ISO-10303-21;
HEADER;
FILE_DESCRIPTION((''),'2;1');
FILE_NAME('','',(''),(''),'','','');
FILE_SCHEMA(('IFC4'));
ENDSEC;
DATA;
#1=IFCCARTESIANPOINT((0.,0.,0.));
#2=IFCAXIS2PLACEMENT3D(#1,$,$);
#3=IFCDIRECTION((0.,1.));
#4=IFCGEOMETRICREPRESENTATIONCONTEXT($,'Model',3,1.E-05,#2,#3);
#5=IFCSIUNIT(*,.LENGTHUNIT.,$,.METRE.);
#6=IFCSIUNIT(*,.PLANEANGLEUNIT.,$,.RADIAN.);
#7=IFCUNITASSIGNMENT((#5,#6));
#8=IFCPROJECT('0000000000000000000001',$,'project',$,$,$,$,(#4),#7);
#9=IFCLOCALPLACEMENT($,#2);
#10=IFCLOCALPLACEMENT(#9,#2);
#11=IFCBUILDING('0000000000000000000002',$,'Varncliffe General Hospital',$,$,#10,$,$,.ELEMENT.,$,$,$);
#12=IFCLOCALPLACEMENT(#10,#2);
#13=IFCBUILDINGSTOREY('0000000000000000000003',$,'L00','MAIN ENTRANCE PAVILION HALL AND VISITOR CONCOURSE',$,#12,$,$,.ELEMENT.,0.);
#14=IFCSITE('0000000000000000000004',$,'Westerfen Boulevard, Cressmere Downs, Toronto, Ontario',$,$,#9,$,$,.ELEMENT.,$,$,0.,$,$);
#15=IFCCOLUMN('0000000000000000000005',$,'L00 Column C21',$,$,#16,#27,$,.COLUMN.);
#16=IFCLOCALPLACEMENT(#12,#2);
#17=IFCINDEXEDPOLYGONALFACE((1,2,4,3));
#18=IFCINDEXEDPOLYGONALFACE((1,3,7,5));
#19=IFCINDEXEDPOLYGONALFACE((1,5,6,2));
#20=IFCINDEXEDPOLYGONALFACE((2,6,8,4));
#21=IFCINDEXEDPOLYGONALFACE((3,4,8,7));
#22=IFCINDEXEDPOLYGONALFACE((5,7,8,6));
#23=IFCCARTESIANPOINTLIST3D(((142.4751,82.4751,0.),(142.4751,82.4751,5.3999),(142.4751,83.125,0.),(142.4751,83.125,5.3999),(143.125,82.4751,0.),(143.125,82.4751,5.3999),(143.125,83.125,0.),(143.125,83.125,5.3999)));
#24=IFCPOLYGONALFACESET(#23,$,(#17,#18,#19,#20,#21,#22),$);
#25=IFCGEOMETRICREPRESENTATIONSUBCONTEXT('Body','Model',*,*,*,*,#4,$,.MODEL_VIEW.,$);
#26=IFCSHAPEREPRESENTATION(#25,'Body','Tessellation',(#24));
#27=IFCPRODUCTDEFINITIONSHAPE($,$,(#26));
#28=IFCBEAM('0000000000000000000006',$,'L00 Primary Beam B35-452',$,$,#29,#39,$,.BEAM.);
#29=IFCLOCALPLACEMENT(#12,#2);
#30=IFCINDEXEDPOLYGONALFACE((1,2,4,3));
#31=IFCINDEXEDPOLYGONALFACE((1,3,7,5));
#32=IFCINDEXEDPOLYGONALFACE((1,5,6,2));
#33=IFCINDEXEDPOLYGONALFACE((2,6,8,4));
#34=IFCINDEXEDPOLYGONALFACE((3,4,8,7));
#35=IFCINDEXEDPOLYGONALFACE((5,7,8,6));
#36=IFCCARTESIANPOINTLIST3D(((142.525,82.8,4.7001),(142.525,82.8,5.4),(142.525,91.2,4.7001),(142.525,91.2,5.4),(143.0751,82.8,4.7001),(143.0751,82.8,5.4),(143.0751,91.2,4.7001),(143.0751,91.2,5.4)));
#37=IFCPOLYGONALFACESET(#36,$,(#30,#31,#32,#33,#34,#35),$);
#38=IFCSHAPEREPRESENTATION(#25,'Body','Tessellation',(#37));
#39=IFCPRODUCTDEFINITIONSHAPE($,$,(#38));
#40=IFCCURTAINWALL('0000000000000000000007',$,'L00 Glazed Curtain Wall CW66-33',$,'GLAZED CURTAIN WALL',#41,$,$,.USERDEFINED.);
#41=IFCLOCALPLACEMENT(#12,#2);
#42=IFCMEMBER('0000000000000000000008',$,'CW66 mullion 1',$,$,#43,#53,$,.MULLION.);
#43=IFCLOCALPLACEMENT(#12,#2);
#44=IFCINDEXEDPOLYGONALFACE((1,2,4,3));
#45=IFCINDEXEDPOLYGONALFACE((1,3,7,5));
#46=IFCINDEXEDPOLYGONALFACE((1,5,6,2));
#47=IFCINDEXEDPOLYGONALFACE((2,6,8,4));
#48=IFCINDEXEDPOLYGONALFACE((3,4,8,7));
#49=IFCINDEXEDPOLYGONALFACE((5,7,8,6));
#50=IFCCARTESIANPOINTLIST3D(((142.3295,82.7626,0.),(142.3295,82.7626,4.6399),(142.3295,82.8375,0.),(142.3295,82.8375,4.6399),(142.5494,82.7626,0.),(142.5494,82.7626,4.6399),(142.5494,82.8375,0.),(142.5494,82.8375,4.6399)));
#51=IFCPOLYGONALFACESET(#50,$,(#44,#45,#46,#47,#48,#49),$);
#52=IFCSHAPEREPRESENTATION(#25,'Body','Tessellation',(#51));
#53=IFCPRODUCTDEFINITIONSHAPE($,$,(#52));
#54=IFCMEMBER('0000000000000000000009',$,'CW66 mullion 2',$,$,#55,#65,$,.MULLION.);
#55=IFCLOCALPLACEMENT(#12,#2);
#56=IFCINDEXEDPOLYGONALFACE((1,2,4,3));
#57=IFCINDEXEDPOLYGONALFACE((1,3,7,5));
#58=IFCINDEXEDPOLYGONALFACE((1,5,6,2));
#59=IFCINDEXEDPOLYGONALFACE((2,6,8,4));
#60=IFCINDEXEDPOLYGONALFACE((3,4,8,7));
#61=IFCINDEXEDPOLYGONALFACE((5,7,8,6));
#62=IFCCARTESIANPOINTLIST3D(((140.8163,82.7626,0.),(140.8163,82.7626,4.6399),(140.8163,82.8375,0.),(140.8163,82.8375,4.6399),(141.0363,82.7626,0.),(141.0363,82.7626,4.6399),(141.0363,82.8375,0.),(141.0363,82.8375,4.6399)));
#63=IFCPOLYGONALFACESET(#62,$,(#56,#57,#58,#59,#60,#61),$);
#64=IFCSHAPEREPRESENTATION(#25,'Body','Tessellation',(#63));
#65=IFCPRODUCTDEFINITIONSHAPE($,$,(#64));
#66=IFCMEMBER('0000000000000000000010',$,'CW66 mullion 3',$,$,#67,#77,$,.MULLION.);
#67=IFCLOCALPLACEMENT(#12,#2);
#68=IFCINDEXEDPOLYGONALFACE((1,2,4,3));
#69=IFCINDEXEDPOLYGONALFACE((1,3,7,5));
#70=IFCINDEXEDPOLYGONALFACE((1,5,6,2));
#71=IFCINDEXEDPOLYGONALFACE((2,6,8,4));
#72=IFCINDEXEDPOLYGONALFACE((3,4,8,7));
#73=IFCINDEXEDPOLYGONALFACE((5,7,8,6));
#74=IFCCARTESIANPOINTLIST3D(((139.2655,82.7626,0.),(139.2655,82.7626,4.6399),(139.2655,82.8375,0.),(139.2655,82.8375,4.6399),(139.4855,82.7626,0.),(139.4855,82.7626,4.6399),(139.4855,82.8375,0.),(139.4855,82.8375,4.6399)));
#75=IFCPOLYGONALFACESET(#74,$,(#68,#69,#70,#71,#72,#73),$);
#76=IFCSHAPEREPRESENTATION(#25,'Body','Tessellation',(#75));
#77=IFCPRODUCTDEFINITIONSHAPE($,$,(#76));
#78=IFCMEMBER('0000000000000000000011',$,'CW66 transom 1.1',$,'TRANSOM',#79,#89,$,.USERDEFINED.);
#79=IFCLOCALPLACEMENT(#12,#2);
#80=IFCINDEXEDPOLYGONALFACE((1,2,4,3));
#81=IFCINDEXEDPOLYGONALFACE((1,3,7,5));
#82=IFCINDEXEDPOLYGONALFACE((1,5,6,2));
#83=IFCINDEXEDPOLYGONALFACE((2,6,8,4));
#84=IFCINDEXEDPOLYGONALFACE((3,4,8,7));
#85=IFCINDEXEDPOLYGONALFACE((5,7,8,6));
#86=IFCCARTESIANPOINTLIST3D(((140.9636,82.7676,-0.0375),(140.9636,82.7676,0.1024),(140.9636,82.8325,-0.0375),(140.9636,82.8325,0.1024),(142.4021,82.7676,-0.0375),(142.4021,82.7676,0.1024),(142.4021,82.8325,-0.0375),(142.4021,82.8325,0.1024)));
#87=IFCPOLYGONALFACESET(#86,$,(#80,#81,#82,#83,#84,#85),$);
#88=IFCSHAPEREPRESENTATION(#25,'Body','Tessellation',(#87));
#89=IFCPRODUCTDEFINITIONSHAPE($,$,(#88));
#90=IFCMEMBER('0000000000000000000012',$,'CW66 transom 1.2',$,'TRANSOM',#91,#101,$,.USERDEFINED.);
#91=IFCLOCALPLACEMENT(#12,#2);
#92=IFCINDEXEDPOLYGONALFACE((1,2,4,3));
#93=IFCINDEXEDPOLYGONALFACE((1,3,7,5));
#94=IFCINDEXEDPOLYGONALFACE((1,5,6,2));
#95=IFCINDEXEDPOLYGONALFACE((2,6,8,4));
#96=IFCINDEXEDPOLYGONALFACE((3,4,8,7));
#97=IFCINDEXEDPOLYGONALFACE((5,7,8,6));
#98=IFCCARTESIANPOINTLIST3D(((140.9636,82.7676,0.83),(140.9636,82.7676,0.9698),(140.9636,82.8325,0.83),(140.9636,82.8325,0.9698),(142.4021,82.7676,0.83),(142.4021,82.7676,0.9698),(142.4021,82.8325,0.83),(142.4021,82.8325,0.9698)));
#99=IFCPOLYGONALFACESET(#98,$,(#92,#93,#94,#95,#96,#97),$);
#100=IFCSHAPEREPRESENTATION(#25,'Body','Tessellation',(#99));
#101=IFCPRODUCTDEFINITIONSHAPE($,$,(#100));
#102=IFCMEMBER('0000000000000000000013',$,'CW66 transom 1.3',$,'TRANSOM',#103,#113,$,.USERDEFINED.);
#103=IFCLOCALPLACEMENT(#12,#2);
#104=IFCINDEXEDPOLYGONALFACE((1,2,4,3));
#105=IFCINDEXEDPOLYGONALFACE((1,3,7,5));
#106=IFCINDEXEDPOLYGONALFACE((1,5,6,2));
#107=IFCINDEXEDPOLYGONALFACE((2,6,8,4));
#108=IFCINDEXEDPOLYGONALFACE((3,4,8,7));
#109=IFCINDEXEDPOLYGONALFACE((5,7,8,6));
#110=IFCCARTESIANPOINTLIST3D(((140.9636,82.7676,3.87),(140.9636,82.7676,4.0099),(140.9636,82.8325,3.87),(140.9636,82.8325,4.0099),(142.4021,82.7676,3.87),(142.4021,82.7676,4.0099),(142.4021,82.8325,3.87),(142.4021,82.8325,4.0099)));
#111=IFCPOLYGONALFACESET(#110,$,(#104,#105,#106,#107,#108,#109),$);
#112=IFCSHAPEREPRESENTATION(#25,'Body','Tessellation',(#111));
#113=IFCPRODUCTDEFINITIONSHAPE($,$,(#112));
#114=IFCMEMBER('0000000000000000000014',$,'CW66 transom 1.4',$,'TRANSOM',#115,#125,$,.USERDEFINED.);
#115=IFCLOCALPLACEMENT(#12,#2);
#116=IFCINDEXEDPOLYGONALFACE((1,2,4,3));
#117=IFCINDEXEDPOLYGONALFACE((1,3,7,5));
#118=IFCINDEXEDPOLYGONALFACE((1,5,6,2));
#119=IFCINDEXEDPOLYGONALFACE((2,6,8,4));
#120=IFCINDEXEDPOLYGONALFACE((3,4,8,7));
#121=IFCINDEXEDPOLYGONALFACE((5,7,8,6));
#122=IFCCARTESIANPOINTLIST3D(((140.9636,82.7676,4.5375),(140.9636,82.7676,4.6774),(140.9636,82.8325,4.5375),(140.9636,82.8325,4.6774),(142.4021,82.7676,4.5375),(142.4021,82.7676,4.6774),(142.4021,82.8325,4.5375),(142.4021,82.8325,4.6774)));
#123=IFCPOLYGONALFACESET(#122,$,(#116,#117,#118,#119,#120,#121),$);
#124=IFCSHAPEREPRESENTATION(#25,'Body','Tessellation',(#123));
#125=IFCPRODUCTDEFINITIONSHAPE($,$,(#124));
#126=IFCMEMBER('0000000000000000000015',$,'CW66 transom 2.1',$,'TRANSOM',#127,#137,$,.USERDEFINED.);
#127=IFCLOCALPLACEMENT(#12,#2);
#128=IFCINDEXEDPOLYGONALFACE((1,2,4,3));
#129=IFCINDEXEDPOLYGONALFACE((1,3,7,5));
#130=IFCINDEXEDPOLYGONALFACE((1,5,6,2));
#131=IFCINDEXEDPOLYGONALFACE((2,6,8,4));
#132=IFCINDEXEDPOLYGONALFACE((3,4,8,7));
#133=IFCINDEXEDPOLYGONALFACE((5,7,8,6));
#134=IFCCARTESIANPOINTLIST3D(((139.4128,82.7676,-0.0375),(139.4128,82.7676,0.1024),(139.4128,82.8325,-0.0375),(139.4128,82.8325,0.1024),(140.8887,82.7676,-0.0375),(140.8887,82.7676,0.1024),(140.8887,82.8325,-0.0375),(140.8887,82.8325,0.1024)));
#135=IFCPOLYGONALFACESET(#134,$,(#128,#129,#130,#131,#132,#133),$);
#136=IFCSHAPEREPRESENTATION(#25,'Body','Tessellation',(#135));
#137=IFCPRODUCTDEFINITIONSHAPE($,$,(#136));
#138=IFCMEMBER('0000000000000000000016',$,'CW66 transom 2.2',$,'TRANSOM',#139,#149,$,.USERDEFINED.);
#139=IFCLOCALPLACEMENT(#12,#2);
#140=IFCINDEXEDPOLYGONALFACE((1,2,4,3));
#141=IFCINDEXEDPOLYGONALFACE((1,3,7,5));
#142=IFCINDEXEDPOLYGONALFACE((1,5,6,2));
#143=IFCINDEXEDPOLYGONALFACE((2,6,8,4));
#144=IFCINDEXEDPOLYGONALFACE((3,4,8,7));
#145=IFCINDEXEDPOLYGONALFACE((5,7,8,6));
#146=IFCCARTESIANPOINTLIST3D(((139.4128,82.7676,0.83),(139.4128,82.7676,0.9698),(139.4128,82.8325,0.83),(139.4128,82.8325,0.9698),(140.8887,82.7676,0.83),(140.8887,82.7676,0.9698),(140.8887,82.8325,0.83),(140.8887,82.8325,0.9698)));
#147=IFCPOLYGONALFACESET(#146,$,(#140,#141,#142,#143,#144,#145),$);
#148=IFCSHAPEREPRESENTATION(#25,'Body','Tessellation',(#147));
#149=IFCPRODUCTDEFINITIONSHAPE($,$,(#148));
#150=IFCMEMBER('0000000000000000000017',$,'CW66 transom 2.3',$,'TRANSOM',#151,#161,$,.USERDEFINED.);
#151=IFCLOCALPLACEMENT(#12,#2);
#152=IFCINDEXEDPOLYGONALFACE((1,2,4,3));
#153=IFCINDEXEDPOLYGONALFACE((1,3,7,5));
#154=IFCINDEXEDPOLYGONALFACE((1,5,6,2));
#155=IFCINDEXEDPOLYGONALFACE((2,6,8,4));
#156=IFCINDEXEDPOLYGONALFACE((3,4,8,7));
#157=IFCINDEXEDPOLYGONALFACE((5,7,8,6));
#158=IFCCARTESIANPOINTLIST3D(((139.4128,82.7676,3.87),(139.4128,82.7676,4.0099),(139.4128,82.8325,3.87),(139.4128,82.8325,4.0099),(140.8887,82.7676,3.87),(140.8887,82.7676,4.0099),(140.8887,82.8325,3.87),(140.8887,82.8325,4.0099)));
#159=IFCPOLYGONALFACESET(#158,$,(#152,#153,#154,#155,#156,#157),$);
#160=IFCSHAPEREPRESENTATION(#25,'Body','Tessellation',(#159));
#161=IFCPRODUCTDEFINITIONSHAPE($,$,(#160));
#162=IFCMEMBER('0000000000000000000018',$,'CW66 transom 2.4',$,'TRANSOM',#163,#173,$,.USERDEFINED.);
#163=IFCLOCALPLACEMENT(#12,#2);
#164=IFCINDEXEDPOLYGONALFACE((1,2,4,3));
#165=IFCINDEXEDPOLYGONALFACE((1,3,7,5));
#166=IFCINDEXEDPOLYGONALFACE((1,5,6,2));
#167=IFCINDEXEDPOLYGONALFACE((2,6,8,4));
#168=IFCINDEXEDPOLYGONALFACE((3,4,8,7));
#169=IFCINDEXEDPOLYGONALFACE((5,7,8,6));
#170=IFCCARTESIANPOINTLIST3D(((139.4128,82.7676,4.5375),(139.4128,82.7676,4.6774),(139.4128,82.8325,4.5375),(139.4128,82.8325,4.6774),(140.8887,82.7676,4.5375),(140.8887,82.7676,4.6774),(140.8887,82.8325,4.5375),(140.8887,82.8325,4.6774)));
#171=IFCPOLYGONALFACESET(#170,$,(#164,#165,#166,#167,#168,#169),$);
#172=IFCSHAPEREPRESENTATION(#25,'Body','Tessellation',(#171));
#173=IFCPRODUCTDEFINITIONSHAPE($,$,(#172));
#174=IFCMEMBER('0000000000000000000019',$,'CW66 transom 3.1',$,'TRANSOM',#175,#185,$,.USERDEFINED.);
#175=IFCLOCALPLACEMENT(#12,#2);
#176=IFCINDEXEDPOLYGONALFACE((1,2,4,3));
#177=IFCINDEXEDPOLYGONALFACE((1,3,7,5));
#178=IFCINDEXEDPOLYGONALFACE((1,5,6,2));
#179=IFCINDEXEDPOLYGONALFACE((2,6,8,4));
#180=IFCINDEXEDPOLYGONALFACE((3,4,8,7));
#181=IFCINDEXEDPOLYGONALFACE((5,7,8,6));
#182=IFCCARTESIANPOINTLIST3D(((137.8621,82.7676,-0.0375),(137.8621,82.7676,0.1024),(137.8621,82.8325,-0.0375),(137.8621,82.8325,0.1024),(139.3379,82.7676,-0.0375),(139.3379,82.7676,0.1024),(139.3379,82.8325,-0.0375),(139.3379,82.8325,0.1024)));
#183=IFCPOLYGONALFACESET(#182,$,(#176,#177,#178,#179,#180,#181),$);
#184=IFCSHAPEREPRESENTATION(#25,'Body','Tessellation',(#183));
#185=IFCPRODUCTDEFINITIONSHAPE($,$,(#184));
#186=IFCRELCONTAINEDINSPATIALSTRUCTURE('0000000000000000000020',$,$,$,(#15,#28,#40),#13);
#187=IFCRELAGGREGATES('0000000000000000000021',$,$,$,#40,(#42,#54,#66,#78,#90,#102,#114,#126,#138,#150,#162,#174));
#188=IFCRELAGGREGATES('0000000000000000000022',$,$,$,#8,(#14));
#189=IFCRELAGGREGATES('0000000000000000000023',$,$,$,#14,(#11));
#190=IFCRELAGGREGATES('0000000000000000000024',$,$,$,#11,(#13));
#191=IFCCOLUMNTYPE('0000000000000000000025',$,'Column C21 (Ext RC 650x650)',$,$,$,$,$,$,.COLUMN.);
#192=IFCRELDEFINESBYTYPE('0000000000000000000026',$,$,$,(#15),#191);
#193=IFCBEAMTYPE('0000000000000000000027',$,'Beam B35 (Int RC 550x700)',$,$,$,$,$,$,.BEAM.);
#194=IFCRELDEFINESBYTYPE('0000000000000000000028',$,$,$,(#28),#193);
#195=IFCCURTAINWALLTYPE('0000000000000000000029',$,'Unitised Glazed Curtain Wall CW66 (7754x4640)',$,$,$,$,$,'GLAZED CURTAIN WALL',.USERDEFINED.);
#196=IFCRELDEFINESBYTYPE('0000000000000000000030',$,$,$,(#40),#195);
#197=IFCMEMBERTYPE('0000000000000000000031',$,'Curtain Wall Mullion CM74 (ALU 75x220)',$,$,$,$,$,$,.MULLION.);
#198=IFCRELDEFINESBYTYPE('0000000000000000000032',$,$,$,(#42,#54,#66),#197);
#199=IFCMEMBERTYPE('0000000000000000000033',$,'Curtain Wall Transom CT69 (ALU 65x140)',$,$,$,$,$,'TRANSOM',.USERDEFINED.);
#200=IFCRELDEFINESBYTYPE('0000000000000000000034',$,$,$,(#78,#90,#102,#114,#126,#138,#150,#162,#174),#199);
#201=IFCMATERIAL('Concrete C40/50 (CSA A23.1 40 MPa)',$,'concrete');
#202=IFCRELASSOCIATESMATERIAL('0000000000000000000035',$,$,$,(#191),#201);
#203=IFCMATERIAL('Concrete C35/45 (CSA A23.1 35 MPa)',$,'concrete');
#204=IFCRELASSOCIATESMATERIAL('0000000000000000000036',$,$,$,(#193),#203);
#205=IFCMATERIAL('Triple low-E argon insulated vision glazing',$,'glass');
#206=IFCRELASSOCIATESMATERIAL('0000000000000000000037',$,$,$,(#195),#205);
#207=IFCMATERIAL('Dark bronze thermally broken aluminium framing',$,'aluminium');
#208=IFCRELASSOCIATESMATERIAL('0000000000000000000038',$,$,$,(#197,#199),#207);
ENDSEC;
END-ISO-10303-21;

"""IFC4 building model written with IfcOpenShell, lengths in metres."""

from ifc_helpers import new_model, si_unit, direction, frame, origin, origin_2d, place, context, subcontext, project, spatial, rectangle, extrude, material, material_profile, profile_set, type_object, element, aggregate, save


model = new_model("IFC4")

# Units and contexts
model_context = context("Model", 3, precision=1e-05, world=origin(), true_north=direction((0.0, 1.0)))
body_context = subcontext(model_context, "Body", "Model", "MODEL_VIEW")
ifc_project = project(units=[si_unit("LENGTHUNIT", "METRE"), si_unit("PLANEANGLEUNIT", "RADIAN")], contexts=[model_context])

# Site, building, storey
site_placement = place(None, origin())
site = spatial("IfcSite", under=ifc_project, at=site_placement, Name="Westerfen Boulevard, Cressmere Downs, Toronto, Ontario", CompositionType="ELEMENT", RefElevation=0.0)
building_placement = place(site_placement, origin())
building = spatial("IfcBuilding", under=site, at=building_placement, Name="Varncliffe General Hospital", CompositionType="ELEMENT")
storey_placement = place(building_placement, origin())
storey = spatial("IfcBuildingStorey", under=building, at=storey_placement, Name="L00", Description="MAIN ENTRANCE PAVILION HALL AND VISITOR CONCOURSE", CompositionType="ELEMENT", Elevation=0.0)

# Column
ifc_material_1 = material(Name="Concrete C40/50 (CSA A23.1 40 MPa)", Category="concrete")
ifc_material_profile_1 = material_profile(ifc_material_1, rectangle(XDim=0.6499, YDim=0.6499, at=origin_2d()), Name="RC 650x650")
ifc_profile_set_1 = profile_set([ifc_material_profile_1], Name="Concrete C40/50 (CSA A23.1 40 MPa)")
column_type = type_object("IfcColumnType", Name="Column C21 (Ext RC 650x650)", PredefinedType="COLUMN", material=ifc_profile_set_1)
column_placement = place(storey_placement, frame((142.8, 82.8, 0.0), z_axis=(0.0, 0.0, 1.0), x_axis=(1.0, 0.0, 0.0)))
element("IfcColumn", 1, at=column_placement, inside=storey, type_object=column_type, Name="L00 Column C21", PredefinedType="COLUMN", context=body_context, shape_type="SweptSolid", body=[
    extrude(rectangle(XDim=0.6499, YDim=0.6499, at=origin_2d()), origin(), (0.0, 0.0, 1.0), 5.3999),
])

# Beam
ifc_material_2 = material(Name="Concrete C35/45 (CSA A23.1 35 MPa)", Category="concrete")
ifc_material_profile_2 = material_profile(ifc_material_2, rectangle(XDim=0.55, YDim=0.7, at=origin_2d()), Name="RC 550x700")
ifc_profile_set_2 = profile_set([ifc_material_profile_2], Name="Concrete C35/45 (CSA A23.1 35 MPa)")
beam_type_1 = type_object("IfcBeamType", Name="Beam B35 (Int RC 550x700)", PredefinedType="BEAM", material=ifc_profile_set_2)
beam_1_placement = place(storey_placement, frame((142.8, 82.8, 5.05), z_axis=(0.0, 1.0, 0.0), x_axis=(-1.0, 0.0, 0.0)))
element("IfcBeam", 2, at=beam_1_placement, inside=storey, type_object=beam_type_1, Name="L00 Primary Beam B35-452", PredefinedType="BEAM", context=body_context, shape_type="SweptSolid", body=[
    extrude(rectangle(XDim=0.55, YDim=0.7, at=origin_2d()), origin(), (0.0, 0.0, 1.0), 8.3999),
])

# Curtain wall, members
ifc_material_3 = material(Name="Triple low-E argon insulated vision glazing", Category="glass")
curtain_wall_type = type_object("IfcCurtainWallType", Name="Unitised Glazed Curtain Wall CW66 (7754x4640)", ElementType="GLAZED CURTAIN WALL", PredefinedType="USERDEFINED", material=ifc_material_3)
curtain_wall_placement = place(storey_placement, origin())
curtain_wall = element("IfcCurtainWall", 3, at=curtain_wall_placement, inside=storey, type_object=curtain_wall_type, Name="L00 Glazed Curtain Wall CW66-33", ObjectType="GLAZED CURTAIN WALL", PredefinedType="USERDEFINED")
ifc_material_4 = material(Name="Dark bronze thermally broken aluminium framing", Category="aluminium")
ifc_material_profile_3 = material_profile(ifc_material_4, rectangle(XDim=0.075, YDim=0.22, at=origin_2d()), Name="ALU 75x220")
ifc_profile_set_3 = profile_set([ifc_material_profile_3], Name="Dark bronze thermally broken aluminium framing")
member_type_1 = type_object("IfcMemberType", Name="Curtain Wall Mullion CM74 (ALU 75x220)", PredefinedType="MULLION", material=ifc_profile_set_3)
member_1_placement = place(storey_placement, frame((142.4395, 82.8, 0.0), z_axis=(0.0, 0.0, 1.0), x_axis=(0.0, -1.0, 0.0)))
member_1 = element("IfcMember", 4, at=member_1_placement, type_object=member_type_1, Name="CW66 mullion 1", PredefinedType="MULLION", context=body_context, shape_type="SweptSolid", body=[
    extrude(rectangle(XDim=0.075, YDim=0.22, at=origin_2d()), origin(), (0.0, 0.0, 1.0), 4.6399),
])
member_2_placement = place(storey_placement, frame((140.9263, 82.8, 0.0), z_axis=(0.0, 0.0, 1.0), x_axis=(0.0, -1.0, 0.0)))
member_2 = element("IfcMember", 5, at=member_2_placement, type_object=member_type_1, Name="CW66 mullion 2", PredefinedType="MULLION", context=body_context, shape_type="SweptSolid", body=[
    extrude(rectangle(XDim=0.075, YDim=0.22, at=origin_2d()), origin(), (0.0, 0.0, 1.0), 4.6399),
])
member_3_placement = place(storey_placement, frame((139.3755, 82.8, 0.0), z_axis=(0.0, 0.0, 1.0), x_axis=(0.0, -1.0, 0.0)))
member_3 = element("IfcMember", 6, at=member_3_placement, type_object=member_type_1, Name="CW66 mullion 3", PredefinedType="MULLION", context=body_context, shape_type="SweptSolid", body=[
    extrude(rectangle(XDim=0.075, YDim=0.22, at=origin_2d()), origin(), (0.0, 0.0, 1.0), 4.6399),
])
ifc_material_profile_4 = material_profile(ifc_material_4, rectangle(XDim=0.0649, YDim=0.1399, at=origin_2d()), Name="ALU 65x140")
ifc_profile_set_4 = profile_set([ifc_material_profile_4], Name="Dark bronze thermally broken aluminium framing")
member_type_2 = type_object("IfcMemberType", Name="Curtain Wall Transom CT69 (ALU 65x140)", ElementType="TRANSOM", PredefinedType="USERDEFINED", material=ifc_profile_set_4)
member_4_placement = place(storey_placement, frame((142.4021, 82.8, 0.0325), z_axis=(-1.0, 0.0, 0.0), x_axis=(0.0, -1.0, 0.0)))
member_4 = element("IfcMember", 7, at=member_4_placement, type_object=member_type_2, Name="CW66 transom 1.1", ObjectType="TRANSOM", PredefinedType="USERDEFINED", context=body_context, shape_type="SweptSolid", body=[
    extrude(rectangle(XDim=0.0649, YDim=0.1399, at=origin_2d()), origin(), (0.0, 0.0, 1.0), 1.4385),
])
member_5_placement = place(storey_placement, frame((142.4021, 82.8, 0.8999), z_axis=(-1.0, 0.0, 0.0), x_axis=(0.0, -1.0, 0.0)))
member_5 = element("IfcMember", 8, at=member_5_placement, type_object=member_type_2, Name="CW66 transom 1.2", ObjectType="TRANSOM", PredefinedType="USERDEFINED", context=body_context, shape_type="SweptSolid", body=[
    extrude(rectangle(XDim=0.0649, YDim=0.1399, at=origin_2d()), origin(), (0.0, 0.0, 1.0), 1.4385),
])
member_6_placement = place(storey_placement, frame((142.4021, 82.8, 3.9399), z_axis=(-1.0, 0.0, 0.0), x_axis=(0.0, -1.0, 0.0)))
member_6 = element("IfcMember", 9, at=member_6_placement, type_object=member_type_2, Name="CW66 transom 1.3", ObjectType="TRANSOM", PredefinedType="USERDEFINED", context=body_context, shape_type="SweptSolid", body=[
    extrude(rectangle(XDim=0.0649, YDim=0.1399, at=origin_2d()), origin(), (0.0, 0.0, 1.0), 1.4385),
])
member_7_placement = place(storey_placement, frame((142.4021, 82.8, 4.6074), z_axis=(-1.0, 0.0, 0.0), x_axis=(0.0, -1.0, 0.0)))
member_7 = element("IfcMember", 10, at=member_7_placement, type_object=member_type_2, Name="CW66 transom 1.4", ObjectType="TRANSOM", PredefinedType="USERDEFINED", context=body_context, shape_type="SweptSolid", body=[
    extrude(rectangle(XDim=0.0649, YDim=0.1399, at=origin_2d()), origin(), (0.0, 0.0, 1.0), 1.4385),
])
member_8_placement = place(storey_placement, frame((140.8887, 82.8, 0.0325), z_axis=(-1.0, 0.0, 0.0), x_axis=(0.0, -1.0, 0.0)))
member_8 = element("IfcMember", 11, at=member_8_placement, type_object=member_type_2, Name="CW66 transom 2.1", ObjectType="TRANSOM", PredefinedType="USERDEFINED", context=body_context, shape_type="SweptSolid", body=[
    extrude(rectangle(XDim=0.0649, YDim=0.1399, at=origin_2d()), origin(), (0.0, 0.0, 1.0), 1.4758),
])
member_9_placement = place(storey_placement, frame((140.8887, 82.8, 0.8999), z_axis=(-1.0, 0.0, 0.0), x_axis=(0.0, -1.0, 0.0)))
member_9 = element("IfcMember", 12, at=member_9_placement, type_object=member_type_2, Name="CW66 transom 2.2", ObjectType="TRANSOM", PredefinedType="USERDEFINED", context=body_context, shape_type="SweptSolid", body=[
    extrude(rectangle(XDim=0.0649, YDim=0.1399, at=origin_2d()), origin(), (0.0, 0.0, 1.0), 1.4758),
])
member_10_placement = place(storey_placement, frame((140.8887, 82.8, 3.9399), z_axis=(-1.0, 0.0, 0.0), x_axis=(0.0, -1.0, 0.0)))
member_10 = element("IfcMember", 13, at=member_10_placement, type_object=member_type_2, Name="CW66 transom 2.3", ObjectType="TRANSOM", PredefinedType="USERDEFINED", context=body_context, shape_type="SweptSolid", body=[
    extrude(rectangle(XDim=0.0649, YDim=0.1399, at=origin_2d()), origin(), (0.0, 0.0, 1.0), 1.4758),
])
member_11_placement = place(storey_placement, frame((140.8887, 82.8, 4.6074), z_axis=(-1.0, 0.0, 0.0), x_axis=(0.0, -1.0, 0.0)))
member_11 = element("IfcMember", 14, at=member_11_placement, type_object=member_type_2, Name="CW66 transom 2.4", ObjectType="TRANSOM", PredefinedType="USERDEFINED", context=body_context, shape_type="SweptSolid", body=[
    extrude(rectangle(XDim=0.0649, YDim=0.1399, at=origin_2d()), origin(), (0.0, 0.0, 1.0), 1.4758),
])
member_12_placement = place(storey_placement, frame((139.3379, 82.8, 0.0325), z_axis=(-1.0, 0.0, 0.0), x_axis=(0.0, -1.0, 0.0)))
member_12 = element("IfcMember", 15, at=member_12_placement, type_object=member_type_2, Name="CW66 transom 3.1", ObjectType="TRANSOM", PredefinedType="USERDEFINED", context=body_context, shape_type="SweptSolid", body=[
    extrude(rectangle(XDim=0.0649, YDim=0.1399, at=origin_2d()), origin(), (0.0, 0.0, 1.0), 1.4758),
])

aggregate(curtain_wall, [member_1, member_2, member_3, member_4, member_5, member_6, member_7, member_8, member_9, member_10, member_11, member_12])

save(model, "model.ifc")
